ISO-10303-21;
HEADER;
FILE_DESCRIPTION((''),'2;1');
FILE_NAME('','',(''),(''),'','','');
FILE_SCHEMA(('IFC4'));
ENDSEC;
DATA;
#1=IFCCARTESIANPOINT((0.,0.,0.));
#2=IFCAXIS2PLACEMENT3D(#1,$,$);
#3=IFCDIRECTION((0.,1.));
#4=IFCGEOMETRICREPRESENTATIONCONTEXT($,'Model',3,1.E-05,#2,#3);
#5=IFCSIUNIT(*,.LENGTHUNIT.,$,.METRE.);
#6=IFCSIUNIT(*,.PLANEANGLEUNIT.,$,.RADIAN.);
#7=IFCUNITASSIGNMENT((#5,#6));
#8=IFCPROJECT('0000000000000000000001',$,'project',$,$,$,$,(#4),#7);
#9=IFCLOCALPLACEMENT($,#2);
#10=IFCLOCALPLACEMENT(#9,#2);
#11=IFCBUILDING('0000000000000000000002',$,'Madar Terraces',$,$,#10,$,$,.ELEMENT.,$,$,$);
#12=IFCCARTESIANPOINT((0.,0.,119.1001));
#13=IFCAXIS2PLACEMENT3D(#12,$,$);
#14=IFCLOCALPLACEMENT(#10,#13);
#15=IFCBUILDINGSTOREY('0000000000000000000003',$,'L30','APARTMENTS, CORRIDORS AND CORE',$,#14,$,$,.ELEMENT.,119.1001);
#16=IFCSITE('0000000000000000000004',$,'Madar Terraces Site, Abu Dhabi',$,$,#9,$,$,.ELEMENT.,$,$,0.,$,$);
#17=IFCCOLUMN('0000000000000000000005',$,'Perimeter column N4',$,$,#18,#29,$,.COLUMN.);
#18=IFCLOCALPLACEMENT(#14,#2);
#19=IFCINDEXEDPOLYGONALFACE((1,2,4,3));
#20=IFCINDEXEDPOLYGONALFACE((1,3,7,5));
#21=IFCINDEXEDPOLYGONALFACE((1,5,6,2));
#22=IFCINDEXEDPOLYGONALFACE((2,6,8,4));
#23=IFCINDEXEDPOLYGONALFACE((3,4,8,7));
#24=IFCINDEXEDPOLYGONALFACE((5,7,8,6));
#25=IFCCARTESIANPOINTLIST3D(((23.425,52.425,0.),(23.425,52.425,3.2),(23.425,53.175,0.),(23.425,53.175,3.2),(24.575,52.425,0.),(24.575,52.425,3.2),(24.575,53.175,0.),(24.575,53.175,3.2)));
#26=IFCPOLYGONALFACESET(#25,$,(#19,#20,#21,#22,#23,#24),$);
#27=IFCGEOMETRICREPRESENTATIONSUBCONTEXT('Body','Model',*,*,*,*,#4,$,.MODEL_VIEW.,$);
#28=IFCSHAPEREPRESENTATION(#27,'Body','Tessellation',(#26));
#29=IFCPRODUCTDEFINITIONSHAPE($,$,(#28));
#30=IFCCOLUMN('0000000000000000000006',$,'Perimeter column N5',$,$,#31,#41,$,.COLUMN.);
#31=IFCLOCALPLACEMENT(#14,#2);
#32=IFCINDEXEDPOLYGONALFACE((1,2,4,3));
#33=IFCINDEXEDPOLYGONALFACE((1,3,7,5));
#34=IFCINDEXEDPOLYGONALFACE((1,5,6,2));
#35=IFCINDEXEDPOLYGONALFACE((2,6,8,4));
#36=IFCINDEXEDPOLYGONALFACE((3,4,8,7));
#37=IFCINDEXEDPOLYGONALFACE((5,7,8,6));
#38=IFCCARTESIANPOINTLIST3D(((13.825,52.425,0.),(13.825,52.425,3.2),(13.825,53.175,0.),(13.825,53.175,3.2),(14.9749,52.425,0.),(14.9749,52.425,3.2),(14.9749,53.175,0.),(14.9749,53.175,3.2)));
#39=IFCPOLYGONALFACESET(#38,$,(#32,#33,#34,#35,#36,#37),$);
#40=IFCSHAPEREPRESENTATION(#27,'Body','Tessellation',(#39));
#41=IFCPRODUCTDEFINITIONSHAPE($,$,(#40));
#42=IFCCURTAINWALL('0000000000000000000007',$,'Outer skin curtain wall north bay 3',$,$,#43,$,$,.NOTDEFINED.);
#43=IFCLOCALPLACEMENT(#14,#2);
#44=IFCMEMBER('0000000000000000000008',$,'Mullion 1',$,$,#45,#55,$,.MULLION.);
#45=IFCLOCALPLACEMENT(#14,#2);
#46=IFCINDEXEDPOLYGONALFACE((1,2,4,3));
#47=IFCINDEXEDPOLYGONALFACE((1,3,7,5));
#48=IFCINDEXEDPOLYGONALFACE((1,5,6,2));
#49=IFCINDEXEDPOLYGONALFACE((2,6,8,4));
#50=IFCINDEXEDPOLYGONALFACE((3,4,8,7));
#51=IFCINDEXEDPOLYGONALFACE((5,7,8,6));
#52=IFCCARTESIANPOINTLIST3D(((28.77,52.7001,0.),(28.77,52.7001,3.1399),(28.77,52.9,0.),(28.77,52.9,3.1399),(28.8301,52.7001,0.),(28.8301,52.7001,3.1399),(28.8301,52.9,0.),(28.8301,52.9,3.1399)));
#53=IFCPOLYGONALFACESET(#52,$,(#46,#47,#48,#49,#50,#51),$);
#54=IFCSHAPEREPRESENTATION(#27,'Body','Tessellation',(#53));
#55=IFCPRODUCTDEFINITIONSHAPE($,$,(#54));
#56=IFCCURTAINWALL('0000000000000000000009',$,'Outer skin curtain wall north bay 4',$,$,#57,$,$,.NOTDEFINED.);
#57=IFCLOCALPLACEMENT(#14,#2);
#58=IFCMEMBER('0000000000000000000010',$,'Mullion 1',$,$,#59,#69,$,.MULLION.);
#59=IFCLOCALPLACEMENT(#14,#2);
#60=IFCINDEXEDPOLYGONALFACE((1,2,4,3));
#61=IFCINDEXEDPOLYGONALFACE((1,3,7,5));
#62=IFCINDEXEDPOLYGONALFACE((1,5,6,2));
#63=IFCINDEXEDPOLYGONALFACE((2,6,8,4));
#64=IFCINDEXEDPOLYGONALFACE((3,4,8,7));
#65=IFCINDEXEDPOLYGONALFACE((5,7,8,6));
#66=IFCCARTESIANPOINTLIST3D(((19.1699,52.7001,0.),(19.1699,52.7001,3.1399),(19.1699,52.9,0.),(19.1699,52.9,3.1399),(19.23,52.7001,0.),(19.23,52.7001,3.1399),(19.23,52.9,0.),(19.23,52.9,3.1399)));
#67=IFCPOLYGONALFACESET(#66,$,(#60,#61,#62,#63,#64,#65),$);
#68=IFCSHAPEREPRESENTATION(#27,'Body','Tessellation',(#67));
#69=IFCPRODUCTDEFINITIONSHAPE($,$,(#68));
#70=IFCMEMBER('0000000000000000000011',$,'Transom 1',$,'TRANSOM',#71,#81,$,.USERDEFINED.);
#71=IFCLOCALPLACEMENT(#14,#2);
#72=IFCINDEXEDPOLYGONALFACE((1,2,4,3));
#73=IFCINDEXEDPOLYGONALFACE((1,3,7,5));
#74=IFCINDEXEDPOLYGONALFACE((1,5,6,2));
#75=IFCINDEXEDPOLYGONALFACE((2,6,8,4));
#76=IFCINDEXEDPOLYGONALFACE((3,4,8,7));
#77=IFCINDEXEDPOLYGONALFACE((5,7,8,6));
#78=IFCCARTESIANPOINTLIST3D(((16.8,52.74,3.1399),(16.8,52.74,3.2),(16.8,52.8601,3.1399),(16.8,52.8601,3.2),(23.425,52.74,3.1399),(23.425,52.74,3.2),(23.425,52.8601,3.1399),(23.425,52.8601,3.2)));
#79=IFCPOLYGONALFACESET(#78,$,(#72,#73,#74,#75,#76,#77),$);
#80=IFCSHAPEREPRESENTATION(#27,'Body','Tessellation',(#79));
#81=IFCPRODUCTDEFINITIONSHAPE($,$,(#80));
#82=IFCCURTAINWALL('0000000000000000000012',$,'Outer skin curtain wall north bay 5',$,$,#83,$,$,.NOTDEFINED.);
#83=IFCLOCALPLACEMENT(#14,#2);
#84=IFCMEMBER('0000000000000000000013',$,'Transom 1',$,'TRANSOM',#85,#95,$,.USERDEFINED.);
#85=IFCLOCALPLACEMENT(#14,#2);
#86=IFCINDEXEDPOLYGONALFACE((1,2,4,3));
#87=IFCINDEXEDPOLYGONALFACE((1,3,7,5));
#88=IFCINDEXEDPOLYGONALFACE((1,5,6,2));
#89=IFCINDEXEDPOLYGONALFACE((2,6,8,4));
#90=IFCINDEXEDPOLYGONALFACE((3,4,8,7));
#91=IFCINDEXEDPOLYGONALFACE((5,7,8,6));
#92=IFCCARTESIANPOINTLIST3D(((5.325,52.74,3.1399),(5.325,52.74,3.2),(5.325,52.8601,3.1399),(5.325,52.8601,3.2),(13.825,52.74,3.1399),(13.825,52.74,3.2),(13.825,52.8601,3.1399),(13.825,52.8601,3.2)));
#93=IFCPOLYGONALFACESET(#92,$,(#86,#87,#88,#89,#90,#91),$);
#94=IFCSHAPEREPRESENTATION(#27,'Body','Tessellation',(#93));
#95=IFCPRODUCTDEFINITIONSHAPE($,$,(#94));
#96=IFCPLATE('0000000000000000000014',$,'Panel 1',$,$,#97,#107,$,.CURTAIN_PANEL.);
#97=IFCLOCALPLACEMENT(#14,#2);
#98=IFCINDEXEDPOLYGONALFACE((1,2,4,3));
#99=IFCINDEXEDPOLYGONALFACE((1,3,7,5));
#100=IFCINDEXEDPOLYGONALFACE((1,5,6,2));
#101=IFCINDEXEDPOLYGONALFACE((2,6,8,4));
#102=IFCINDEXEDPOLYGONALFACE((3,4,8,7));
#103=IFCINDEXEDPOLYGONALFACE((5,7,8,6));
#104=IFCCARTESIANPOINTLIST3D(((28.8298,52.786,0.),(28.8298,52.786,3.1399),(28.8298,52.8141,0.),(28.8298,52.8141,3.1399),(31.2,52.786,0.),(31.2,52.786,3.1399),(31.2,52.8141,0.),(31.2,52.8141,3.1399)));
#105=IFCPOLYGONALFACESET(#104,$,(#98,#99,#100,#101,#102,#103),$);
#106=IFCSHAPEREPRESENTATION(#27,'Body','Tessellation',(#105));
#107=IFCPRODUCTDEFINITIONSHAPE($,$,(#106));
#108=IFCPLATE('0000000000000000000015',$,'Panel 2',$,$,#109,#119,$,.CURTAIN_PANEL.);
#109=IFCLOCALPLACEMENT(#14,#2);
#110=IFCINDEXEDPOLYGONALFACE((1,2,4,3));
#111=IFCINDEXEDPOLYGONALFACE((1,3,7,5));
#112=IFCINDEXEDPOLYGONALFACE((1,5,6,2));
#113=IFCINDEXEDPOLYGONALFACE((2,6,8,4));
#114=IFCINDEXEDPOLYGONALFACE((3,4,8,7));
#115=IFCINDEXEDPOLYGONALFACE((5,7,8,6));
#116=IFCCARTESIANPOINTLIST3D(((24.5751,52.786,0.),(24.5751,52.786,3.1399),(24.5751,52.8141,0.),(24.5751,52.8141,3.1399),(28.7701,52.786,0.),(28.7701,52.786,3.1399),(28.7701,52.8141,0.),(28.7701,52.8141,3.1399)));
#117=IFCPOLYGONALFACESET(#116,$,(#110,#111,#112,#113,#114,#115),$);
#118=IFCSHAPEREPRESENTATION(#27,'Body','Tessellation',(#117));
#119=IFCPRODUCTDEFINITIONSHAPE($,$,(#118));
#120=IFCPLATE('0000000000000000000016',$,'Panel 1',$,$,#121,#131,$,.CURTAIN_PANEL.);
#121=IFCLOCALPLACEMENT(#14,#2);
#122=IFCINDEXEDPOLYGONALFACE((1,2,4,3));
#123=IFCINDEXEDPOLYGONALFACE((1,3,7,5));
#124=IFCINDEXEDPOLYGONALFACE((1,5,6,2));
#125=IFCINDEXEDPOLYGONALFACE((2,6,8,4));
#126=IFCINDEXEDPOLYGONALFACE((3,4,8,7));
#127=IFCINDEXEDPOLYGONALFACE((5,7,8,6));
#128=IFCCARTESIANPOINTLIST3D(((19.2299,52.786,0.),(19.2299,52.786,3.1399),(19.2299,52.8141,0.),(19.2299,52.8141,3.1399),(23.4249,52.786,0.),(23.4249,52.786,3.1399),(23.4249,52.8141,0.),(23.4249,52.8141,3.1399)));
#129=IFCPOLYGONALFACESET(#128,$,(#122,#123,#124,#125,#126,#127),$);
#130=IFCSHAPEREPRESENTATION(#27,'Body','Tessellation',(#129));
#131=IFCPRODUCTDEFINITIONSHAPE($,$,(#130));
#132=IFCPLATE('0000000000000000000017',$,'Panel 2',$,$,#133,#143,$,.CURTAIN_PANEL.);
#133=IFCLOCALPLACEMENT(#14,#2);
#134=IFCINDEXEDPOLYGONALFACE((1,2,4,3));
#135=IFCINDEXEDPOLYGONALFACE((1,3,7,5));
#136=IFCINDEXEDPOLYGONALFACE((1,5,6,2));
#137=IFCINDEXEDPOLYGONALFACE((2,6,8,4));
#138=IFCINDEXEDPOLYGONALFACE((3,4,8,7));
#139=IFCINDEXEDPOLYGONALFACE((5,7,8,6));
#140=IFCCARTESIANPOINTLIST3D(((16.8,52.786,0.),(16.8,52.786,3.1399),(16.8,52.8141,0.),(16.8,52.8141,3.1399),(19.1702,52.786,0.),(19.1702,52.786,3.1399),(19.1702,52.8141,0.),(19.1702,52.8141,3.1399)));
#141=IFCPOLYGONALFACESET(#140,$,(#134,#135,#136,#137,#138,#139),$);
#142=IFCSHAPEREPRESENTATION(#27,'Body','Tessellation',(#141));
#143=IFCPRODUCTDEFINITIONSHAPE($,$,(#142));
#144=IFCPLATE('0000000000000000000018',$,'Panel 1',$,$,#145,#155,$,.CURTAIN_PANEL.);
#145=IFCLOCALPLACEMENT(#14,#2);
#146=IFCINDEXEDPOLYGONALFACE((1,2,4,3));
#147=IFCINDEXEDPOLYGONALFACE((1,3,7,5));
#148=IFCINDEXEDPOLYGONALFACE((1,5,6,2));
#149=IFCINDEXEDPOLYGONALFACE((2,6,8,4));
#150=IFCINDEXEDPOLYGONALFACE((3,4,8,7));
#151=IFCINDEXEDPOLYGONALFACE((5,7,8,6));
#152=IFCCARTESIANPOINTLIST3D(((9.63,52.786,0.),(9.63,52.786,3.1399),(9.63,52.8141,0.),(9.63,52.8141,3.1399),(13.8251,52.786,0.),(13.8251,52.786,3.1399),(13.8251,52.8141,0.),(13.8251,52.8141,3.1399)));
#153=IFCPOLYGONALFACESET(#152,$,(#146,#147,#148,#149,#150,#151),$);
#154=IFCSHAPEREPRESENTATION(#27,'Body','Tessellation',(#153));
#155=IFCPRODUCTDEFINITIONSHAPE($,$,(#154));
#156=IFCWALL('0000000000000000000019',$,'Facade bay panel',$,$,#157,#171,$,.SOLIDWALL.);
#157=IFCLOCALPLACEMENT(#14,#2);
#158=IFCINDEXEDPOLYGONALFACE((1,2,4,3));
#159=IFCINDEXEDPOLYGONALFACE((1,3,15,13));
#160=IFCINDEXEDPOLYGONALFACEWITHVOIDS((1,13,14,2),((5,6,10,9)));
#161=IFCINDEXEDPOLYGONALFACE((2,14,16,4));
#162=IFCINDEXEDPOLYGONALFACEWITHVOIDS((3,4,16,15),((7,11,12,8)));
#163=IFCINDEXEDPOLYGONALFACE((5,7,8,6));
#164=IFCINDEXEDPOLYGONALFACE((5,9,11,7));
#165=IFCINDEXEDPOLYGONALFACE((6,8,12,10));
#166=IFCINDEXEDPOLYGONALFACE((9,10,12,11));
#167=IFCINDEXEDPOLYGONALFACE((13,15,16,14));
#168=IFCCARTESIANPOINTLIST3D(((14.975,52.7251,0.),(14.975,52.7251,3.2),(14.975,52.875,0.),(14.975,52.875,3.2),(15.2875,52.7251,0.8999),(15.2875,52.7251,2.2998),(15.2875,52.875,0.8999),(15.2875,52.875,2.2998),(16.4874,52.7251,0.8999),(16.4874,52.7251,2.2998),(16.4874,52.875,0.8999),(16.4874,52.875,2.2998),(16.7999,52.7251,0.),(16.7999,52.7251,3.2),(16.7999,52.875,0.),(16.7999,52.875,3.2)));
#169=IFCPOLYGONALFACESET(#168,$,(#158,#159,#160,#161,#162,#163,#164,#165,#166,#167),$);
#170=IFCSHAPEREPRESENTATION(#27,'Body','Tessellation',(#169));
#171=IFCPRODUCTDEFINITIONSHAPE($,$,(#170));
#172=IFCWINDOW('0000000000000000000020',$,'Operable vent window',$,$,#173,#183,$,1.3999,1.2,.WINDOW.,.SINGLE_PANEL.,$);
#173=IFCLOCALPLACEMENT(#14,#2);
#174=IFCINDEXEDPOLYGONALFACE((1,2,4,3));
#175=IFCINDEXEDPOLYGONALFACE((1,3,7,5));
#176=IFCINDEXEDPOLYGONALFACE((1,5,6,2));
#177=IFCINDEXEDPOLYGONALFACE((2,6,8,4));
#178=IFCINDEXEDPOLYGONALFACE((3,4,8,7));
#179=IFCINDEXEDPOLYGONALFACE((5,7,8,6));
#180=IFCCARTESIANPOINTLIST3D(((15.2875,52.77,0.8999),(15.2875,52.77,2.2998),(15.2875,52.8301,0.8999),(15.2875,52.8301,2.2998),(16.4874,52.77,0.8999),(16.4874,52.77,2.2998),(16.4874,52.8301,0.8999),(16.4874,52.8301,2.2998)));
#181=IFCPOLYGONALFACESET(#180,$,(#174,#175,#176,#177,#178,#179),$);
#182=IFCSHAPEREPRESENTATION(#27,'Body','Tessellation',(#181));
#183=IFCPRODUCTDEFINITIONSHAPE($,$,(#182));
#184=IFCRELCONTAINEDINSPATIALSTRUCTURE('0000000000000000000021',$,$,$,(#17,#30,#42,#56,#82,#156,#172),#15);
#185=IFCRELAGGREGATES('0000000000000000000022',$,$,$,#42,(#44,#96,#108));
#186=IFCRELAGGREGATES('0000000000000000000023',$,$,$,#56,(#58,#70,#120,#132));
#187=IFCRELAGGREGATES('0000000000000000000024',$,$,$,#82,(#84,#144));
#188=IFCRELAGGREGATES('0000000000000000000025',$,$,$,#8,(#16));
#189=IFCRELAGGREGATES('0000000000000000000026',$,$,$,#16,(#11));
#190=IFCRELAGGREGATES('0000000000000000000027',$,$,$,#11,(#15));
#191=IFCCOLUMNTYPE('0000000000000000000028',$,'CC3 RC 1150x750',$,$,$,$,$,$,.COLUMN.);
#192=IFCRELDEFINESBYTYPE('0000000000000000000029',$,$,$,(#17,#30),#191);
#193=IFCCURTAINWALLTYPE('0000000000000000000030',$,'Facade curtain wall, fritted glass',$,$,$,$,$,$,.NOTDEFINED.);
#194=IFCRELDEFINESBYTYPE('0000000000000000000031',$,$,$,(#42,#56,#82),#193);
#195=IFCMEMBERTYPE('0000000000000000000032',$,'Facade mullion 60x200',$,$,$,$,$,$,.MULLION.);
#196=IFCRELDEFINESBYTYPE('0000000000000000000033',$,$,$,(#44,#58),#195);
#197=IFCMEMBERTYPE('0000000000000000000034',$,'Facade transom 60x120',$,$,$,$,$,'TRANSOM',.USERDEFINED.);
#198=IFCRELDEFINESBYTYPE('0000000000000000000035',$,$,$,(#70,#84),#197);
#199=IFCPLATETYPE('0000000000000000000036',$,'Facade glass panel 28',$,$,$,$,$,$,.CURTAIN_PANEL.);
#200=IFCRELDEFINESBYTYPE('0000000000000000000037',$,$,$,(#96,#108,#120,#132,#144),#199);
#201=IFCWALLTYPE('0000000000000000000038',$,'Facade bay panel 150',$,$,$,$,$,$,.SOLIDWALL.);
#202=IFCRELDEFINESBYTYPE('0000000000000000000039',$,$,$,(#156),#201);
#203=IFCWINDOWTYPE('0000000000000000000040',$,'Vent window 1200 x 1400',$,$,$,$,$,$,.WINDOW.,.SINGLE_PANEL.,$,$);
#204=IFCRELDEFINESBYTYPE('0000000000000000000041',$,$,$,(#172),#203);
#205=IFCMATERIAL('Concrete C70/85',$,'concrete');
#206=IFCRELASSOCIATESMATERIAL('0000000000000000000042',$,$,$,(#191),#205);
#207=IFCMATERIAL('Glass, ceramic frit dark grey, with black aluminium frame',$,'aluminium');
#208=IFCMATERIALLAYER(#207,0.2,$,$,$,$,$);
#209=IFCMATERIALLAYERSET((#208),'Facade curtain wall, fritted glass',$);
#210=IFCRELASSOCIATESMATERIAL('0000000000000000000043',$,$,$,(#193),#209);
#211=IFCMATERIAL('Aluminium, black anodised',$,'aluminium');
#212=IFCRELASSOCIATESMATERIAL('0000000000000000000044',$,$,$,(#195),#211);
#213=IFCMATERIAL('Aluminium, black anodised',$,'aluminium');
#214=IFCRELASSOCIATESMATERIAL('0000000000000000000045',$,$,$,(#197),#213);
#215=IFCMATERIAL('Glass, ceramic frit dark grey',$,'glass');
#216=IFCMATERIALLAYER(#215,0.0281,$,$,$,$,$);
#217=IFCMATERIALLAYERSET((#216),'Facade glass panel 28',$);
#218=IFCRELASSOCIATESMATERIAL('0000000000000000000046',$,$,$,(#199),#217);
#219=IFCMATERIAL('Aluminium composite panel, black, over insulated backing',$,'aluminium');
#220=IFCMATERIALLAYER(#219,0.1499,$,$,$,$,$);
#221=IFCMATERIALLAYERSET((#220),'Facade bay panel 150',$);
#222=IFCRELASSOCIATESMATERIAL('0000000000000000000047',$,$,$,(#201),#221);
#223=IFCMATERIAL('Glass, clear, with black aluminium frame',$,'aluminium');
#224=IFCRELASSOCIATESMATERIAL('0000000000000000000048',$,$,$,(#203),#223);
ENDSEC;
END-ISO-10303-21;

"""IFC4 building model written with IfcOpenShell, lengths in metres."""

from ifc_helpers import new_model, si_unit, direction, frame, frame_2d, origin, origin_2d, place, context, subcontext, project, spatial, rectangle, extrude, material, layer, layer_set, material_profile, profile_set, type_object, element, fill, aggregate, save


model = new_model("IFC4")

# Units and contexts
model_context = context("Model", 3, precision=1e-05, world=origin(), true_north=direction((0.0, 1.0)))
body_context = subcontext(model_context, "Body", "Model", "MODEL_VIEW")
ifc_project = project(units=[si_unit("LENGTHUNIT", "METRE"), si_unit("PLANEANGLEUNIT", "RADIAN")], contexts=[model_context])

# Site, building, storey
site_placement = place(None, origin())
site = spatial("IfcSite", under=ifc_project, at=site_placement, Name="Madar Terraces Site, Abu Dhabi", CompositionType="ELEMENT", RefElevation=0.0)
building_placement = place(site_placement, origin())
building = spatial("IfcBuilding", under=site, at=building_placement, Name="Madar Terraces", CompositionType="ELEMENT")
storey_placement = place(building_placement, frame((0.0, 0.0, 119.1001)))
storey = spatial("IfcBuildingStorey", under=building, at=storey_placement, Name="L30", Description="APARTMENTS, CORRIDORS AND CORE", CompositionType="ELEMENT", Elevation=119.1001)

# Columns
ifc_material_1 = material(Name="Concrete C70/85", Category="concrete")
ifc_material_profile_1 = material_profile(ifc_material_1, rectangle(XDim=1.1499, YDim=0.75, at=origin_2d()), Name="CC3 RC 1150x750")
ifc_profile_set_1 = profile_set([ifc_material_profile_1], Name="Concrete C70/85")
column_type = type_object("IfcColumnType", Name="CC3 RC 1150x750", PredefinedType="COLUMN", material=ifc_profile_set_1)
for number, where, z_axis, x_axis, name in (
    (1, (24.0, 52.8, 0.0), (0.0, 0.0, 1.0), (1.0, 0.0, 0.0), "Perimeter column N4"),
    (2, (14.3999, 52.8, 0.0), (0.0, 0.0, 1.0), (1.0, 0.0, 0.0), "Perimeter column N5"),
):
    element("IfcColumn", number, at=place(storey_placement, frame(where, z_axis=z_axis, x_axis=x_axis)), inside=storey, type_object=column_type, Name=name, PredefinedType="COLUMN", context=body_context, shape_type="SweptSolid", body=[
        extrude(rectangle(XDim=1.1499, YDim=0.75, at=origin_2d()), origin(), (0.0, 0.0, 1.0), 3.2),
    ])

# Curtain wall, member
ifc_material_2 = material(Name="Glass, ceramic frit dark grey, with black aluminium frame", Category="aluminium")
ifc_layer_1 = layer(ifc_material_2, 0.2)
ifc_layer_set_1 = layer_set([ifc_layer_1], Name="Facade curtain wall, fritted glass")
curtain_wall_type = type_object("IfcCurtainWallType", Name="Facade curtain wall, fritted glass", PredefinedType="NOTDEFINED", material=ifc_layer_set_1)
curtain_wall_1_placement = place(storey_placement, origin())
curtain_wall_1 = element("IfcCurtainWall", 3, at=curtain_wall_1_placement, inside=storey, type_object=curtain_wall_type, Name="Outer skin curtain wall north bay 3", PredefinedType="NOTDEFINED")
ifc_material_3 = material(Name="Aluminium, black anodised", Category="aluminium")
ifc_material_profile_2 = material_profile(ifc_material_3, rectangle(XDim=0.2, YDim=0.0601, at=origin_2d()), Name="Facade mullion 60x200")
ifc_profile_set_2 = profile_set([ifc_material_profile_2], Name="Aluminium, black anodised")
member_type_1 = type_object("IfcMemberType", Name="Facade mullion 60x200", PredefinedType="MULLION", material=ifc_profile_set_2)
member_1_placement = place(storey_placement, frame((28.8, 52.8, 0.0), z_axis=(0.0, 0.0, 1.0), x_axis=(0.0, -1.0, 0.0)))
member_1 = element("IfcMember", 4, at=member_1_placement, type_object=member_type_1, Name="Mullion 1", PredefinedType="MULLION", context=body_context, shape_type="SweptSolid", body=[
    extrude(rectangle(XDim=0.2, YDim=0.0601, at=origin_2d()), origin(), (0.0, 0.0, 1.0), 3.1399),
])

# Curtain wall, members
curtain_wall_2_placement = place(storey_placement, origin())
curtain_wall_2 = element("IfcCurtainWall", 5, at=curtain_wall_2_placement, inside=storey, type_object=curtain_wall_type, Name="Outer skin curtain wall north bay 4", PredefinedType="NOTDEFINED")
member_2_placement = place(storey_placement, frame((19.2, 52.8, 0.0), z_axis=(0.0, 0.0, 1.0), x_axis=(0.0, -1.0, 0.0)))
member_2 = element("IfcMember", 6, at=member_2_placement, type_object=member_type_1, Name="Mullion 1", PredefinedType="MULLION", context=body_context, shape_type="SweptSolid", body=[
    extrude(rectangle(XDim=0.2, YDim=0.0601, at=origin_2d()), origin(), (0.0, 0.0, 1.0), 3.1399),
])
ifc_material_4 = material(Name="Aluminium, black anodised", Category="aluminium")
ifc_material_profile_3 = material_profile(ifc_material_4, rectangle(XDim=0.1201, YDim=0.0601, at=origin_2d()), Name="Facade transom 60x120")
ifc_profile_set_3 = profile_set([ifc_material_profile_3], Name="Aluminium, black anodised")
member_type_2 = type_object("IfcMemberType", Name="Facade transom 60x120", ElementType="TRANSOM", PredefinedType="USERDEFINED", material=ifc_profile_set_3)
member_3_placement = place(storey_placement, frame((23.425, 52.8, 3.1699), z_axis=(-1.0, 0.0, 0.0), x_axis=(0.0, -1.0, 0.0)))
member_3 = element("IfcMember", 7, at=member_3_placement, type_object=member_type_2, Name="Transom 1", ObjectType="TRANSOM", PredefinedType="USERDEFINED", context=body_context, shape_type="SweptSolid", body=[
    extrude(rectangle(XDim=0.1201, YDim=0.0601, at=origin_2d()), origin(), (0.0, 0.0, 1.0), 6.625),
])

# Curtain wall, member
curtain_wall_3_placement = place(storey_placement, origin())
curtain_wall_3 = element("IfcCurtainWall", 8, at=curtain_wall_3_placement, inside=storey, type_object=curtain_wall_type, Name="Outer skin curtain wall north bay 5", PredefinedType="NOTDEFINED")
member_4_placement = place(storey_placement, frame((13.825, 52.8, 3.1699), z_axis=(-1.0, 0.0, 0.0), x_axis=(0.0, -1.0, 0.0)))
member_4 = element("IfcMember", 9, at=member_4_placement, type_object=member_type_2, Name="Transom 1", ObjectType="TRANSOM", PredefinedType="USERDEFINED", context=body_context, shape_type="SweptSolid", body=[
    extrude(rectangle(XDim=0.1201, YDim=0.0601, at=origin_2d()), origin(), (0.0, 0.0, 1.0), 8.5),
])

# Plates
ifc_material_5 = material(Name="Glass, ceramic frit dark grey", Category="glass")
ifc_layer_2 = layer(ifc_material_5, 0.0281)
ifc_layer_set_2 = layer_set([ifc_layer_2], Name="Facade glass panel 28")
plate_type = type_object("IfcPlateType", Name="Facade glass panel 28", PredefinedType="CURTAIN_PANEL", material=ifc_layer_set_2)
plate_1_placement = place(storey_placement, frame((30.0149, 52.8, 0.0), z_axis=(0.0, 0.0, 1.0), x_axis=(-1.0, 0.0, 0.0)))
plate_1 = element("IfcPlate", 10, at=plate_1_placement, type_object=plate_type, Name="Panel 1", PredefinedType="CURTAIN_PANEL", context=body_context, shape_type="SweptSolid", body=[
    extrude(rectangle(XDim=2.3701, YDim=0.0281, at=origin_2d()), origin(), (0.0, 0.0, 1.0), 3.1399),
])
plate_2_placement = place(storey_placement, frame((26.6726, 52.8, 0.0), z_axis=(0.0, 0.0, 1.0), x_axis=(-1.0, 0.0, 0.0)))
plate_2 = element("IfcPlate", 11, at=plate_2_placement, type_object=plate_type, Name="Panel 2", PredefinedType="CURTAIN_PANEL", context=body_context, shape_type="SweptSolid", body=[
    extrude(rectangle(XDim=4.1951, YDim=0.0281, at=origin_2d()), origin(), (0.0, 0.0, 1.0), 3.1399),
])
aggregate(curtain_wall_1, [member_1, plate_1, plate_2])
plate_3_placement = place(storey_placement, frame((21.3274, 52.8, 0.0), z_axis=(0.0, 0.0, 1.0), x_axis=(-1.0, 0.0, 0.0)))
plate_3 = element("IfcPlate", 12, at=plate_3_placement, type_object=plate_type, Name="Panel 1", PredefinedType="CURTAIN_PANEL", context=body_context, shape_type="SweptSolid", body=[
    extrude(rectangle(XDim=4.1951, YDim=0.0281, at=origin_2d()), origin(), (0.0, 0.0, 1.0), 3.1399),
])
plate_4_placement = place(storey_placement, frame((17.9851, 52.8, 0.0), z_axis=(0.0, 0.0, 1.0), x_axis=(-1.0, 0.0, 0.0)))
plate_4 = element("IfcPlate", 13, at=plate_4_placement, type_object=plate_type, Name="Panel 2", PredefinedType="CURTAIN_PANEL", context=body_context, shape_type="SweptSolid", body=[
    extrude(rectangle(XDim=2.3701, YDim=0.0281, at=origin_2d()), origin(), (0.0, 0.0, 1.0), 3.1399),
])
aggregate(curtain_wall_2, [member_2, member_3, plate_3, plate_4])
plate_5_placement = place(storey_placement, frame((11.7275, 52.8, 0.0), z_axis=(0.0, 0.0, 1.0), x_axis=(-1.0, 0.0, 0.0)))
plate_5 = element("IfcPlate", 14, at=plate_5_placement, type_object=plate_type, Name="Panel 1", PredefinedType="CURTAIN_PANEL", context=body_context, shape_type="SweptSolid", body=[
    extrude(rectangle(XDim=4.1951, YDim=0.0281, at=origin_2d()), origin(), (0.0, 0.0, 1.0), 3.1399),
])
aggregate(curtain_wall_3, [member_4, plate_5])

# Wall, opening, window
ifc_material_6 = material(Name="Aluminium composite panel, black, over insulated backing", Category="aluminium")
ifc_layer_3 = layer(ifc_material_6, 0.1499)
ifc_layer_set_3 = layer_set([ifc_layer_3], Name="Facade bay panel 150")
wall_type_1 = type_object("IfcWallType", Name="Facade bay panel 150", PredefinedType="SOLIDWALL", material=ifc_layer_set_3)
wall_1_placement = place(storey_placement, frame((16.8, 52.8, 0.0), z_axis=(0.0, 0.0, 1.0), x_axis=(-1.0, 0.0, 0.0)))
wall_1 = element("IfcWall", 15, at=wall_1_placement, inside=storey, type_object=wall_type_1, Name="Facade bay panel", PredefinedType="SOLIDWALL", context=body_context, shape_type="SweptSolid", body=[
    extrude(rectangle(XDim=1.825, YDim=0.1499, at=frame_2d((0.9126, 0.0))), origin(), (0.0, 0.0, 1.0), 3.2),
])
opening_1_placement = place(wall_1_placement, frame((0.3125, 0.0, 0.8999)))
opening_1 = element("IfcOpeningElement", 16, at=opening_1_placement, cuts=wall_1, PredefinedType="OPENING", context=body_context, shape_type="SweptSolid", body=[
    extrude(rectangle(XDim=1.2, YDim=1.3999, at=frame_2d((0.6001, 0.7))), frame((0.0, 0.085, 0.0), z_axis=(0.0, -1.0, 0.0), x_axis=(1.0, 0.0, 0.0)), (0.0, 0.0, 1.0), 0.1699),
])
ifc_material_7 = material(Name="Glass, clear, with black aluminium frame", Category="aluminium")
window_type = type_object("IfcWindowType", Name="Vent window 1200 x 1400", PartitioningType="SINGLE_PANEL", PredefinedType="WINDOW", material=ifc_material_7)
window_placement = place(opening_1_placement, origin())
window = element("IfcWindow", 17, at=window_placement, inside=storey, type_object=window_type, Name="Operable vent window", OverallHeight=1.3999, OverallWidth=1.2, PartitioningType="SINGLE_PANEL", PredefinedType="WINDOW", context=body_context, shape_type="SweptSolid", body=[
    extrude(rectangle(XDim=1.2, YDim=1.3999, at=frame_2d((0.6001, 0.7))), frame((0.0, 0.03, 0.0), z_axis=(0.0, -1.0, 0.0), x_axis=(1.0, 0.0, 0.0)), (0.0, 0.0, 1.0), 0.0601),
])
fill(opening_1, window)

save(model, "model.ifc")
